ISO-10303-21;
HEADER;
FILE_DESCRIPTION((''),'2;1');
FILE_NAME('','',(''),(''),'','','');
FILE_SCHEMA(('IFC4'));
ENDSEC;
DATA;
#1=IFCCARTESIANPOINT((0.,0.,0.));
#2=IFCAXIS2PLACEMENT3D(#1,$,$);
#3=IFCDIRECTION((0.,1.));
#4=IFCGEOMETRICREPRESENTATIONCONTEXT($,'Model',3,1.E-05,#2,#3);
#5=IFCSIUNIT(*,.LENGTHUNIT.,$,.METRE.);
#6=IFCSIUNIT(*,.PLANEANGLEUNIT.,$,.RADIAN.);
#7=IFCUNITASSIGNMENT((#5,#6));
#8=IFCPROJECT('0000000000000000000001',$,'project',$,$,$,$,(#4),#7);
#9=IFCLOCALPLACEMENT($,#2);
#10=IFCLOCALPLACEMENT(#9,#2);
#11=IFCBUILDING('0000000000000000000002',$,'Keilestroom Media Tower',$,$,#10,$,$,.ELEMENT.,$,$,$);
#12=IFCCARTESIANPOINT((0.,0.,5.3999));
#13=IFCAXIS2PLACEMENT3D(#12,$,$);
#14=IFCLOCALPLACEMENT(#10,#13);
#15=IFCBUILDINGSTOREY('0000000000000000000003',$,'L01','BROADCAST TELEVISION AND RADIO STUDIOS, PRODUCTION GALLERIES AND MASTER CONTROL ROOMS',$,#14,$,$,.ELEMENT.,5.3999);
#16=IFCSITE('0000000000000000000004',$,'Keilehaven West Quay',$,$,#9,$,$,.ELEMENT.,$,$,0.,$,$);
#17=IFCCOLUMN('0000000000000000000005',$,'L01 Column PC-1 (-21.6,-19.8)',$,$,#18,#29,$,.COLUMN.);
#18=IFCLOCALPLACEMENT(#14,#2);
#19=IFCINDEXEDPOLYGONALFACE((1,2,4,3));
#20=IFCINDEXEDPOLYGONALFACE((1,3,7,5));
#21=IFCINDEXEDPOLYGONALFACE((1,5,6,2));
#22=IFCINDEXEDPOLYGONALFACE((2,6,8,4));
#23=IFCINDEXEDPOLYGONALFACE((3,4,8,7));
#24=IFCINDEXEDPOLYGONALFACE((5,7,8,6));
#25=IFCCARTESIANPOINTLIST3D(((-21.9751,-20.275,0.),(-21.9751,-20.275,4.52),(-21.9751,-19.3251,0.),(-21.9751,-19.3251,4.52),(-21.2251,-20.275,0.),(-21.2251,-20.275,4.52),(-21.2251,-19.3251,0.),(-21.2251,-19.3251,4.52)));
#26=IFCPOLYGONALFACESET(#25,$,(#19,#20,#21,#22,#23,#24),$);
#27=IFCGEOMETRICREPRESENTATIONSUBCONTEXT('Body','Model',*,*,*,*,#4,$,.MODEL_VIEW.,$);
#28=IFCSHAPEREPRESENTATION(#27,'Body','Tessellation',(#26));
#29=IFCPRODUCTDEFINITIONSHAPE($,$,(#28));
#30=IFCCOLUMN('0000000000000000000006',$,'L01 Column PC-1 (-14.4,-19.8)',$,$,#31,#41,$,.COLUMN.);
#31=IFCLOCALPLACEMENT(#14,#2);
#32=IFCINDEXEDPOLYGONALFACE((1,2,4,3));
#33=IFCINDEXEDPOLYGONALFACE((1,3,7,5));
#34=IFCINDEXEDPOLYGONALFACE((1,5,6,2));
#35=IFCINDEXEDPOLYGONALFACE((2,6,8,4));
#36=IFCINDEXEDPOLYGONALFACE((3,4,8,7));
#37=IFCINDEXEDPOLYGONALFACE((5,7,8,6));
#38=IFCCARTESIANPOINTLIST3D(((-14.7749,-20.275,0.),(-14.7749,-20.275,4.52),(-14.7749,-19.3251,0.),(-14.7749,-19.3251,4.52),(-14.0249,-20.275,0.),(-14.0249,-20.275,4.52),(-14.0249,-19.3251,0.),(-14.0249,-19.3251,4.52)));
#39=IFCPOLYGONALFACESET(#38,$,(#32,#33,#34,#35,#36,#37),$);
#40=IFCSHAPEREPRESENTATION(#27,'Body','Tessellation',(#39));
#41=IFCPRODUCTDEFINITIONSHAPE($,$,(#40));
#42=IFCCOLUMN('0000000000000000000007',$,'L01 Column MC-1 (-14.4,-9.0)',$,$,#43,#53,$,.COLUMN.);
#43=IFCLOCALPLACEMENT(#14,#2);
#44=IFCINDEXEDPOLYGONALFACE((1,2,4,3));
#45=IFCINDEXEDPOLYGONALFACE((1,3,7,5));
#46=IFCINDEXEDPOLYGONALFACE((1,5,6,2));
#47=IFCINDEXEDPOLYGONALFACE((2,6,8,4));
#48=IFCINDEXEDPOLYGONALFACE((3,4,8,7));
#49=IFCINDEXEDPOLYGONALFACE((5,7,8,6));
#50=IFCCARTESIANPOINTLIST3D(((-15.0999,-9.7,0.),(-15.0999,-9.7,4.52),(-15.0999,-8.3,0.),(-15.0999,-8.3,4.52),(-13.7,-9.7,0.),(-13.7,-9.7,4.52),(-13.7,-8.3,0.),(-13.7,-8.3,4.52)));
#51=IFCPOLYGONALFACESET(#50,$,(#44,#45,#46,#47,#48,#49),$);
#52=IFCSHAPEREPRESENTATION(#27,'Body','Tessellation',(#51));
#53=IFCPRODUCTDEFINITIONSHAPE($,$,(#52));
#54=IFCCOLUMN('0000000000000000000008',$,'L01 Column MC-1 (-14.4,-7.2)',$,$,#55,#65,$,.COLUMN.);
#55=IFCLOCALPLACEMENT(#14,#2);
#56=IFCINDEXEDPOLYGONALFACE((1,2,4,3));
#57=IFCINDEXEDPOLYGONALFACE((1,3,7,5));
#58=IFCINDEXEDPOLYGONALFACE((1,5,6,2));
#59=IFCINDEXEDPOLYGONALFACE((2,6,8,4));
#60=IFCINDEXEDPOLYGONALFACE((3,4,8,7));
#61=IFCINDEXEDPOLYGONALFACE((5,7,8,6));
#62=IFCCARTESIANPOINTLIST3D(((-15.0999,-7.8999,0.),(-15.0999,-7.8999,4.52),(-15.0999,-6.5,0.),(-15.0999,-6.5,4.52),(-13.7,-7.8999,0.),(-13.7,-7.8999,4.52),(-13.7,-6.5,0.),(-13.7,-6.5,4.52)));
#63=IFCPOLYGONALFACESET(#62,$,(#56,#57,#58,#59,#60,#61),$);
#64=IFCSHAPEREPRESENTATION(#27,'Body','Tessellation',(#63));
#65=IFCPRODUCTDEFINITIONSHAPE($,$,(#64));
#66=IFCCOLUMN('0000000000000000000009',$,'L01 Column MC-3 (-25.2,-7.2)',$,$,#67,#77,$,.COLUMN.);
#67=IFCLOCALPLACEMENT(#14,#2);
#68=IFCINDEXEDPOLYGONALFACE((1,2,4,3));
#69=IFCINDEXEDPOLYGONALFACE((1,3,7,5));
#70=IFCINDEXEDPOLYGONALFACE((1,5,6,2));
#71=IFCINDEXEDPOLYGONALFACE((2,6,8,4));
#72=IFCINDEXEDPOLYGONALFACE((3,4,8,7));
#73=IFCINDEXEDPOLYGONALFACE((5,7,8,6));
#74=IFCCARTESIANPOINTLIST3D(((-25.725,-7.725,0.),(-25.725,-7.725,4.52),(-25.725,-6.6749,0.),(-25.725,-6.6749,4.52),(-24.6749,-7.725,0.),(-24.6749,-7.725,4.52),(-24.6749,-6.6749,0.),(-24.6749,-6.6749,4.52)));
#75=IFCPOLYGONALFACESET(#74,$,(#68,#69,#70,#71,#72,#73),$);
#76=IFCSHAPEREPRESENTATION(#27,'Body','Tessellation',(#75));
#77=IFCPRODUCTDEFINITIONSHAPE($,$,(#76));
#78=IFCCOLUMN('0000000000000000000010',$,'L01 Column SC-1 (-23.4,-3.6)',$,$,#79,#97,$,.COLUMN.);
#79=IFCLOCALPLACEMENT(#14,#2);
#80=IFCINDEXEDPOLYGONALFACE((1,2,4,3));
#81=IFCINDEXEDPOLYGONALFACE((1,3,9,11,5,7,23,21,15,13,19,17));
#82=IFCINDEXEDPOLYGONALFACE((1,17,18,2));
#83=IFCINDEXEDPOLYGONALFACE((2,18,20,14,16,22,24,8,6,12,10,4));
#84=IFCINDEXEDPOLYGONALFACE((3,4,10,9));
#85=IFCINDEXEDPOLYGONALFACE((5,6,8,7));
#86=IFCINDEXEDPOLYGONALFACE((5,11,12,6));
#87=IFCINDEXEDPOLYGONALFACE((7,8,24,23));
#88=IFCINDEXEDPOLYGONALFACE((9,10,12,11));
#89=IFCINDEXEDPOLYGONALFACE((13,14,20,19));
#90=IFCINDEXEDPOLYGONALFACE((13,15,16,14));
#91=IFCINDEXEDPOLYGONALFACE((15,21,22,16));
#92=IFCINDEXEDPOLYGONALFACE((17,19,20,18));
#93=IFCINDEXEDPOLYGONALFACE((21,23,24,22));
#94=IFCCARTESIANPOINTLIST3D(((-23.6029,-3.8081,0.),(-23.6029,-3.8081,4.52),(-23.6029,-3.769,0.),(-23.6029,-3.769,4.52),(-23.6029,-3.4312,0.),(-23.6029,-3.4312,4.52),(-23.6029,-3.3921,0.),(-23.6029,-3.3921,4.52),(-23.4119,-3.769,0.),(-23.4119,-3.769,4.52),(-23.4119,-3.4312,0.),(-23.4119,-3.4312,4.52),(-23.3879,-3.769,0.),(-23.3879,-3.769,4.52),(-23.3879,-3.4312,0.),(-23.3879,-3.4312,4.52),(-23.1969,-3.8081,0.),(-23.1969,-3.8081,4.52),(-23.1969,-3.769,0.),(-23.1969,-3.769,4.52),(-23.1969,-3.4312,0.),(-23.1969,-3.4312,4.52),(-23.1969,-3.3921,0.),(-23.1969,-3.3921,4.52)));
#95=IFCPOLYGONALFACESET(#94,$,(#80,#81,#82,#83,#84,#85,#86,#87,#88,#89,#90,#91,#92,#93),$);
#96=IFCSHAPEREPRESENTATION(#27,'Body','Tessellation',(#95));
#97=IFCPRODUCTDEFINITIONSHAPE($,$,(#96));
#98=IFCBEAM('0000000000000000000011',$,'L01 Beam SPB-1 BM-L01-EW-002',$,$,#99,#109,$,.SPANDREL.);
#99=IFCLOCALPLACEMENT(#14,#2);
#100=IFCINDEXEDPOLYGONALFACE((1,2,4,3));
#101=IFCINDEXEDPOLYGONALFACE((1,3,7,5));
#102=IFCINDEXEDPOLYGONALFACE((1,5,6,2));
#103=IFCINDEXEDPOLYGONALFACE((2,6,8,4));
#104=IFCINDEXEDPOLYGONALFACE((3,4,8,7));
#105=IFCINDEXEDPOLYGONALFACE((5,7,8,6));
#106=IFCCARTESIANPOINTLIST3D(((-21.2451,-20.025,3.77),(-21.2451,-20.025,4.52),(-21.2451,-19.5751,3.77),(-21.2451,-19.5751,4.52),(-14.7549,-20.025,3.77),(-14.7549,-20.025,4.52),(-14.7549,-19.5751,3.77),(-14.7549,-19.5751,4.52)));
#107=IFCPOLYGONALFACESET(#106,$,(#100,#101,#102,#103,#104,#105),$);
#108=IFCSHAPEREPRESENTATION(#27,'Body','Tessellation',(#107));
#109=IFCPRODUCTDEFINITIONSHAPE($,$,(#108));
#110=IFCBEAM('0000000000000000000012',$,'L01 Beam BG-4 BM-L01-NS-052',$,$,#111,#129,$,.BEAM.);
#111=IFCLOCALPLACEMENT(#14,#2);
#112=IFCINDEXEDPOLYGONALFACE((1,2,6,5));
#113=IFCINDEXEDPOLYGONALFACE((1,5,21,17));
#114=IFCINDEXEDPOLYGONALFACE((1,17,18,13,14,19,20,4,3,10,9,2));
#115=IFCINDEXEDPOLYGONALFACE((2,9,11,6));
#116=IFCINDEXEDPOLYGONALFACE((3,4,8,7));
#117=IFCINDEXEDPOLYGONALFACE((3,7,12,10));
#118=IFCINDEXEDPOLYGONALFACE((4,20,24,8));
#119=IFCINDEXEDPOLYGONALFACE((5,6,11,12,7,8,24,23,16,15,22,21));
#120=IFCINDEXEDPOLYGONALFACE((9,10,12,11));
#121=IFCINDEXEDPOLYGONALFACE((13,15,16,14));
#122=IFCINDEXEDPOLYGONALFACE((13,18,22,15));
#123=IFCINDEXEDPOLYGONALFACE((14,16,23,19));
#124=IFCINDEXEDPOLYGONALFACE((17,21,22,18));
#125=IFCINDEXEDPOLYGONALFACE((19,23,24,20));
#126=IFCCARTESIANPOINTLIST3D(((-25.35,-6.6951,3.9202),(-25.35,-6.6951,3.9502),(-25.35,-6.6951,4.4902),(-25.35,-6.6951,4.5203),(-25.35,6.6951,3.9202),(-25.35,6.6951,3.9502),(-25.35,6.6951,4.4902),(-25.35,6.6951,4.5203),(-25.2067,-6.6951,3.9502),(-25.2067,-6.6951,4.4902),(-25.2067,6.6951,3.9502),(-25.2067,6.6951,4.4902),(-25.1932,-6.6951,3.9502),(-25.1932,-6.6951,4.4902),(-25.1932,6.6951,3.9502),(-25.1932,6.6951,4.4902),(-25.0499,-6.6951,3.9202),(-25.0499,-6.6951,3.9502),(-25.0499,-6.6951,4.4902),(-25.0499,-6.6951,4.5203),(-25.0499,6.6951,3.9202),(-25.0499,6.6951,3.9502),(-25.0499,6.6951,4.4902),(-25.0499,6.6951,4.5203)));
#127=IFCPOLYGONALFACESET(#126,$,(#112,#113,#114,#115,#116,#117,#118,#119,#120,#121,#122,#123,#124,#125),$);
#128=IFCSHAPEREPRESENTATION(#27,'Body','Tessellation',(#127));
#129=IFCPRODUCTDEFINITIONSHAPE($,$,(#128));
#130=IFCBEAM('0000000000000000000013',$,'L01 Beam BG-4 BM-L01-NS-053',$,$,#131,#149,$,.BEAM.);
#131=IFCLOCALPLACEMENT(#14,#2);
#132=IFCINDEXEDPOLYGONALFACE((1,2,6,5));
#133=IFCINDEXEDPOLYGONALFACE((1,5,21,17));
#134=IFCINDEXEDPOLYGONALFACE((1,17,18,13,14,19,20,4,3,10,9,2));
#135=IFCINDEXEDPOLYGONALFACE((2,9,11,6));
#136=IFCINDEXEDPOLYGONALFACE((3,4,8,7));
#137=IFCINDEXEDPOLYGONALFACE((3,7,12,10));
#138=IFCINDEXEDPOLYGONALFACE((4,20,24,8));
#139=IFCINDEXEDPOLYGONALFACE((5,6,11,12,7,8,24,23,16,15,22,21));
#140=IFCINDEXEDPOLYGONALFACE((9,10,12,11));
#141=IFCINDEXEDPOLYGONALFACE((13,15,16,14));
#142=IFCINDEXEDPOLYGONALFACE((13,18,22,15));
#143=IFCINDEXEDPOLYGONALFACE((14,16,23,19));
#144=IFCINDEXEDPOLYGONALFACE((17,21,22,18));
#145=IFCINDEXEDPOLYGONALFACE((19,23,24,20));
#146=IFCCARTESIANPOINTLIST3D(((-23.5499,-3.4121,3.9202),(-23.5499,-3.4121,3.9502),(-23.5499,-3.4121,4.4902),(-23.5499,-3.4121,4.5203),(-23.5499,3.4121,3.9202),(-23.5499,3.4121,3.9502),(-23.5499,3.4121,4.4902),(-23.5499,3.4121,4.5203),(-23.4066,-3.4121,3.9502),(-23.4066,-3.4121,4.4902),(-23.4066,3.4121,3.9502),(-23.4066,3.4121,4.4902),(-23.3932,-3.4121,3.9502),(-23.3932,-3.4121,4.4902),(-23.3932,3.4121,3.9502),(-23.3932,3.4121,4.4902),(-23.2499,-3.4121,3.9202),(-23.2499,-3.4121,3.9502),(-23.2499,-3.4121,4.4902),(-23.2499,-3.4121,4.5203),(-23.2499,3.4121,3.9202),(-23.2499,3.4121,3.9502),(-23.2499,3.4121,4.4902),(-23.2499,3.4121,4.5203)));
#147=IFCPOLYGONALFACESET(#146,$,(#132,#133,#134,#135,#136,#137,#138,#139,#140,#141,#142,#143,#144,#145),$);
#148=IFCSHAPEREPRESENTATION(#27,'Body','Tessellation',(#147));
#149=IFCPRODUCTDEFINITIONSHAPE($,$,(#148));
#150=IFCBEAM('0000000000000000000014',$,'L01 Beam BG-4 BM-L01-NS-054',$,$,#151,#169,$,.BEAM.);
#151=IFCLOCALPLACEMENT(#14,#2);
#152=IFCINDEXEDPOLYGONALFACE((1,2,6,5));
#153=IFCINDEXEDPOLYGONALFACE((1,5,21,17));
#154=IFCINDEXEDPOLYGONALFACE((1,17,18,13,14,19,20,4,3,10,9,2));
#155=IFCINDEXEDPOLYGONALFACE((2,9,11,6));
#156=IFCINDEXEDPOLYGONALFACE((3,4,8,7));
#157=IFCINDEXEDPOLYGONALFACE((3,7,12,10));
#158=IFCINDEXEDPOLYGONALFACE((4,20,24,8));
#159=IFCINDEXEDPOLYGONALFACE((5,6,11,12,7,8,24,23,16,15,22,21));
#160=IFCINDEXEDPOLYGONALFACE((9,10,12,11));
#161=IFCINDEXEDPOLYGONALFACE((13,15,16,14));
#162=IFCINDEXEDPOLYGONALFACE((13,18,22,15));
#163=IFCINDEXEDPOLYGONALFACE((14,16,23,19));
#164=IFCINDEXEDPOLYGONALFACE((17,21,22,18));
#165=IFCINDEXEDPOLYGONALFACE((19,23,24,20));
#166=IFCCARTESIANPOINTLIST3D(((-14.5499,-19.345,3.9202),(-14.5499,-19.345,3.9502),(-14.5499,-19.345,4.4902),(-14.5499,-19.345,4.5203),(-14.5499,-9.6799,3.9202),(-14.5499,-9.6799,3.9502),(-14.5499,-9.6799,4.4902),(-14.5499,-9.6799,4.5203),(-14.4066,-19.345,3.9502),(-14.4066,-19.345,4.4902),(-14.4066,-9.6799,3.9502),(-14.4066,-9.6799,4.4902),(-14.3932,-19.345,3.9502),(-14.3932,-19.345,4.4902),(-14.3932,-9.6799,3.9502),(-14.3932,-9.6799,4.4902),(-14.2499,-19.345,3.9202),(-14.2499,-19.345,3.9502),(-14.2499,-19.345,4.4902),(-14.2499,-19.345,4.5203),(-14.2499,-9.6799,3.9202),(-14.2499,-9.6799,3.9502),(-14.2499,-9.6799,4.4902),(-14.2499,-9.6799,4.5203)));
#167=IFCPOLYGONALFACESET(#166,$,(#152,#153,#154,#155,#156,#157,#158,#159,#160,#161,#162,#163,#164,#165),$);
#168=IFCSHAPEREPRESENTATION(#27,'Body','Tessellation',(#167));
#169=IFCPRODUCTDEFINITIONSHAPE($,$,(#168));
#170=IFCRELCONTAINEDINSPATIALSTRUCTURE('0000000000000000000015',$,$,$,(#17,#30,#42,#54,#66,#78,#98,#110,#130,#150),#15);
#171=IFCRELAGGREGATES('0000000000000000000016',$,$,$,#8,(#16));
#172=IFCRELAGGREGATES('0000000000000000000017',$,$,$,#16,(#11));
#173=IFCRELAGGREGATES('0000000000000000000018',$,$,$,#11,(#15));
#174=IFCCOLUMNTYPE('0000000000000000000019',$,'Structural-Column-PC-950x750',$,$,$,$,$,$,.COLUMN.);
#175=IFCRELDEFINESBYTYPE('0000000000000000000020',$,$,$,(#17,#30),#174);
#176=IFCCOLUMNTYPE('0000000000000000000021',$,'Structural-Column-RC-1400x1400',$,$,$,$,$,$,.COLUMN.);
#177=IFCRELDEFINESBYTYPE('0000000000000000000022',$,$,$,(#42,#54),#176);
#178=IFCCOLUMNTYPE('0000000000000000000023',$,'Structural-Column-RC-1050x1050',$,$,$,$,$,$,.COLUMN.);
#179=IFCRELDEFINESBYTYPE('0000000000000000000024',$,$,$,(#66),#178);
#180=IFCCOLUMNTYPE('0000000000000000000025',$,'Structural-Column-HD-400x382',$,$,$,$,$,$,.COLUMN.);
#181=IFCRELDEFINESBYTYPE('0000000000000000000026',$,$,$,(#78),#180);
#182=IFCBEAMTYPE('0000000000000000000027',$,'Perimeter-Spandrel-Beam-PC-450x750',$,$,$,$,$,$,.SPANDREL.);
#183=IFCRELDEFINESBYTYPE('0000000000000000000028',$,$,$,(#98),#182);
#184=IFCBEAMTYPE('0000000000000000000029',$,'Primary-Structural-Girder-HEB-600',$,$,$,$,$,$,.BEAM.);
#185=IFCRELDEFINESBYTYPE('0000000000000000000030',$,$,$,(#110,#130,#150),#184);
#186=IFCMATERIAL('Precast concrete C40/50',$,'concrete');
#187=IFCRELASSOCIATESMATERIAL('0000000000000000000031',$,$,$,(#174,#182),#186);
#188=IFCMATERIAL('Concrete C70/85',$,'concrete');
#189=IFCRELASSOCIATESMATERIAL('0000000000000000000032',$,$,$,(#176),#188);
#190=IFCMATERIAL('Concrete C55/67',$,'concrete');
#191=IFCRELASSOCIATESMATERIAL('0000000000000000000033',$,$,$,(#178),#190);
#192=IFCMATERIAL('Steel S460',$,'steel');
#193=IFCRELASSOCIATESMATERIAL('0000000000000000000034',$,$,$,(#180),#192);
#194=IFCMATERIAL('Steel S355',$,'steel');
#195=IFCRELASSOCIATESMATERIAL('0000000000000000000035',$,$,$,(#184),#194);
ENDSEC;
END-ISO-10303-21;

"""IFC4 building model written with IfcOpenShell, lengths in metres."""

from ifc_helpers import new_model, si_unit, direction, frame, origin, origin_2d, place, context, subcontext, project, spatial, rectangle, i_section, extrude, source, transform, mapped, material, material_profile, profile_set, type_object, element, save


model = new_model("IFC4")

# Units and contexts
model_context = context("Model", 3, precision=1e-05, world=origin(), true_north=direction((0.0, 1.0)))
body_context = subcontext(model_context, "Body", "Model", "MODEL_VIEW")
ifc_project = project(units=[si_unit("LENGTHUNIT", "METRE"), si_unit("PLANEANGLEUNIT", "RADIAN")], contexts=[model_context])

# Site, building, storey
site_placement = place(None, origin())
site = spatial("IfcSite", under=ifc_project, at=site_placement, Name="Keilehaven West Quay", CompositionType="ELEMENT", RefElevation=0.0)
building_placement = place(site_placement, origin())
building = spatial("IfcBuilding", under=site, at=building_placement, Name="Keilestroom Media Tower", CompositionType="ELEMENT")
storey_placement = place(building_placement, frame((0.0, 0.0, 5.3999)))
storey = spatial("IfcBuildingStorey", under=building, at=storey_placement, Name="L01", Description="BROADCAST TELEVISION AND RADIO STUDIOS, PRODUCTION GALLERIES AND MASTER CONTROL ROOMS", CompositionType="ELEMENT", Elevation=5.3999)

# Columns
ifc_material_1 = material(Name="Precast concrete C40/50", Category="concrete")
ifc_material_profile_1 = material_profile(ifc_material_1, rectangle(XDim=0.75, YDim=0.95, at=origin_2d()), Name="PC 950x750")
ifc_profile_set_1 = profile_set([ifc_material_profile_1], Name="Precast concrete C40/50")
column_type_1 = type_object("IfcColumnType", Name="Structural-Column-PC-950x750", PredefinedType="COLUMN", material=ifc_profile_set_1)
shared_shape_1 = source(origin(), body_context, "Body", "SweptSolid", [
    extrude(rectangle(XDim=0.75, YDim=0.95, at=origin_2d()), origin(), (0.0, 0.0, 1.0), 4.52),
])
for number, where, z_axis, x_axis, name in (
    (1, (-21.6001, -19.8, 0.0), (0.0, 0.0, 1.0), (1.0, 0.0, 0.0), "L01 Column PC-1 (-21.6,-19.8)"),
    (2, (-14.3999, -19.8, 0.0), (0.0, 0.0, 1.0), (1.0, 0.0, 0.0), "L01 Column PC-1 (-14.4,-19.8)"),
):
    element("IfcColumn", number, at=place(storey_placement, frame(where, z_axis=z_axis, x_axis=x_axis)), inside=storey, type_object=column_type_1, Name=name, PredefinedType="COLUMN", context=body_context, shape_type="MappedRepresentation", body=[
        mapped(shared_shape_1, transform((0.0, 0.0, 0.0), x_axis=(1.0, 0.0, 0.0), y_axis=(0.0, 1.0, 0.0), z_axis=(0.0, 0.0, 1.0), scale=1.0)),
    ])
ifc_material_2 = material(Name="Concrete C70/85", Category="concrete")
ifc_material_profile_2 = material_profile(ifc_material_2, rectangle(XDim=1.3999, YDim=1.3999, at=origin_2d()), Name="RC 1400x1400")
ifc_profile_set_2 = profile_set([ifc_material_profile_2], Name="Concrete C70/85")
column_type_2 = type_object("IfcColumnType", Name="Structural-Column-RC-1400x1400", PredefinedType="COLUMN", material=ifc_profile_set_2)
shared_shape_2 = source(origin(), body_context, "Body", "SweptSolid", [
    extrude(rectangle(XDim=1.3999, YDim=1.3999, at=origin_2d()), origin(), (0.0, 0.0, 1.0), 4.52),
])
for number, where, z_axis, x_axis, name in (
    (3, (-14.3999, -9.0, 0.0), (0.0, 0.0, 1.0), (1.0, 0.0, 0.0), "L01 Column MC-1 (-14.4,-9.0)"),
    (4, (-14.3999, -7.2, 0.0), (0.0, 0.0, 1.0), (1.0, 0.0, 0.0), "L01 Column MC-1 (-14.4,-7.2)"),
):
    element("IfcColumn", number, at=place(storey_placement, frame(where, z_axis=z_axis, x_axis=x_axis)), inside=storey, type_object=column_type_2, Name=name, PredefinedType="COLUMN", context=body_context, shape_type="MappedRepresentation", body=[
        mapped(shared_shape_2, transform((0.0, 0.0, 0.0), x_axis=(1.0, 0.0, 0.0), y_axis=(0.0, 1.0, 0.0), z_axis=(0.0, 0.0, 1.0), scale=1.0)),
    ])
ifc_material_3 = material(Name="Concrete C55/67", Category="concrete")
ifc_material_profile_3 = material_profile(ifc_material_3, rectangle(XDim=1.05, YDim=1.05, at=origin_2d()), Name="RC 1050x1050")
ifc_profile_set_3 = profile_set([ifc_material_profile_3], Name="Concrete C55/67")
column_type_3 = type_object("IfcColumnType", Name="Structural-Column-RC-1050x1050", PredefinedType="COLUMN", material=ifc_profile_set_3)
shared_shape_3 = source(origin(), body_context, "Body", "SweptSolid", [
    extrude(rectangle(XDim=1.05, YDim=1.05, at=origin_2d()), origin(), (0.0, 0.0, 1.0), 4.52),
])
column_1_placement = place(storey_placement, frame((-25.2, -7.2, 0.0), z_axis=(0.0, 0.0, 1.0), x_axis=(1.0, 0.0, 0.0)))
element("IfcColumn", 5, at=column_1_placement, inside=storey, type_object=column_type_3, Name="L01 Column MC-3 (-25.2,-7.2)", PredefinedType="COLUMN", context=body_context, shape_type="MappedRepresentation", body=[
    mapped(shared_shape_3, transform((0.0, 0.0, 0.0), x_axis=(1.0, 0.0, 0.0), y_axis=(0.0, 1.0, 0.0), z_axis=(0.0, 0.0, 1.0), scale=1.0)),
])
ifc_material_4 = material(Name="Steel S460", Category="steel")
ifc_material_profile_4 = material_profile(ifc_material_4, i_section(OverallWidth=0.406, OverallDepth=0.416, WebThickness=0.0239, FlangeThickness=0.0391, at=origin_2d()), Name="HD 400x382")
ifc_profile_set_4 = profile_set([ifc_material_profile_4], Name="Steel S460")
column_type_4 = type_object("IfcColumnType", Name="Structural-Column-HD-400x382", PredefinedType="COLUMN", material=ifc_profile_set_4)
shared_shape_4 = source(origin(), body_context, "Body", "SweptSolid", [
    extrude(i_section(OverallWidth=0.406, OverallDepth=0.416, WebThickness=0.0239, FlangeThickness=0.0391, at=origin_2d()), origin(), (0.0, 0.0, 1.0), 4.52),
])
column_2_placement = place(storey_placement, frame((-23.3999, -3.6001, 0.0), z_axis=(0.0, 0.0, 1.0), x_axis=(1.0, 0.0, 0.0)))
element("IfcColumn", 6, at=column_2_placement, inside=storey, type_object=column_type_4, Name="L01 Column SC-1 (-23.4,-3.6)", PredefinedType="COLUMN", context=body_context, shape_type="MappedRepresentation", body=[
    mapped(shared_shape_4, transform((0.0, 0.0, 0.0), x_axis=(1.0, 0.0, 0.0), y_axis=(0.0, 1.0, 0.0), z_axis=(0.0, 0.0, 1.0), scale=1.0)),
])

# Beams
ifc_material_profile_5 = material_profile(ifc_material_1, rectangle(XDim=0.45, YDim=0.75, at=origin_2d()), Name="PC 450x750")
ifc_profile_set_5 = profile_set([ifc_material_profile_5], Name="Precast concrete C40/50")
beam_type_1 = type_object("IfcBeamType", Name="Perimeter-Spandrel-Beam-PC-450x750", PredefinedType="SPANDREL", material=ifc_profile_set_5)
shared_shape_5 = source(origin(), body_context, "Body", "SweptSolid", [
    extrude(rectangle(XDim=0.45, YDim=0.75, at=origin_2d()), origin(), (0.0, 0.0, 1.0), 6.4902),
])
beam_1_placement = place(storey_placement, frame((-21.2451, -19.8, 4.145), z_axis=(1.0, 0.0, 0.0), x_axis=(0.0, 1.0, 0.0)))
element("IfcBeam", 7, at=beam_1_placement, inside=storey, type_object=beam_type_1, Name="L01 Beam SPB-1 BM-L01-EW-002", PredefinedType="SPANDREL", context=body_context, shape_type="MappedRepresentation", body=[
    mapped(shared_shape_5, transform((0.0, 0.0, 0.0), x_axis=(1.0, 0.0, 0.0), y_axis=(0.0, 1.0, 0.0), z_axis=(0.0, 0.0, 1.0), scale=1.0)),
])
ifc_material_5 = material(Name="Steel S355", Category="steel")
ifc_material_profile_6 = material_profile(ifc_material_5, i_section(OverallWidth=0.3, OverallDepth=0.6001, WebThickness=0.0134, FlangeThickness=0.03, at=origin_2d()), Name="HEB 600")
ifc_profile_set_6 = profile_set([ifc_material_profile_6], Name="Steel S355")
beam_type_2 = type_object("IfcBeamType", Name="Primary-Structural-Girder-HEB-600", PredefinedType="BEAM", material=ifc_profile_set_6)
shared_shape_6 = source(origin(), body_context, "Body", "SweptSolid", [
    extrude(i_section(OverallWidth=0.3, OverallDepth=0.6001, WebThickness=0.0134, FlangeThickness=0.03, at=origin_2d()), origin(), (0.0, 0.0, 1.0), 13.3901),
])
beam_2_placement = place(storey_placement, frame((-25.2, -6.6951, 4.2202), z_axis=(0.0, 1.0, 0.0), x_axis=(-1.0, 0.0, 0.0)))
element("IfcBeam", 8, at=beam_2_placement, inside=storey, type_object=beam_type_2, Name="L01 Beam BG-4 BM-L01-NS-052", PredefinedType="BEAM", context=body_context, shape_type="MappedRepresentation", body=[
    mapped(shared_shape_6, transform((0.0, 0.0, 0.0), x_axis=(1.0, 0.0, 0.0), y_axis=(0.0, 1.0, 0.0), z_axis=(0.0, 0.0, 1.0), scale=1.0)),
])
shared_shape_7 = source(origin(), body_context, "Body", "SweptSolid", [
    extrude(i_section(OverallWidth=0.3, OverallDepth=0.6001, WebThickness=0.0134, FlangeThickness=0.03, at=origin_2d()), origin(), (0.0, 0.0, 1.0), 6.8242),
])
beam_3_placement = place(storey_placement, frame((-23.3999, -3.4121, 4.2202), z_axis=(0.0, 1.0, 0.0), x_axis=(-1.0, 0.0, 0.0)))
element("IfcBeam", 9, at=beam_3_placement, inside=storey, type_object=beam_type_2, Name="L01 Beam BG-4 BM-L01-NS-053", PredefinedType="BEAM", context=body_context, shape_type="MappedRepresentation", body=[
    mapped(shared_shape_7, transform((0.0, 0.0, 0.0), x_axis=(1.0, 0.0, 0.0), y_axis=(0.0, 1.0, 0.0), z_axis=(0.0, 0.0, 1.0), scale=1.0)),
])
shared_shape_8 = source(origin(), body_context, "Body", "SweptSolid", [
    extrude(i_section(OverallWidth=0.3, OverallDepth=0.6001, WebThickness=0.0134, FlangeThickness=0.03, at=origin_2d()), origin(), (0.0, 0.0, 1.0), 9.665),
])
beam_4_placement = place(storey_placement, frame((-14.3999, -19.345, 4.2202), z_axis=(0.0, 1.0, 0.0), x_axis=(-1.0, 0.0, 0.0)))
element("IfcBeam", 10, at=beam_4_placement, inside=storey, type_object=beam_type_2, Name="L01 Beam BG-4 BM-L01-NS-054", PredefinedType="BEAM", context=body_context, shape_type="MappedRepresentation", body=[
    mapped(shared_shape_8, transform((0.0, 0.0, 0.0), x_axis=(1.0, 0.0, 0.0), y_axis=(0.0, 1.0, 0.0), z_axis=(0.0, 0.0, 1.0), scale=1.0)),
])

save(model, "model.ifc")
